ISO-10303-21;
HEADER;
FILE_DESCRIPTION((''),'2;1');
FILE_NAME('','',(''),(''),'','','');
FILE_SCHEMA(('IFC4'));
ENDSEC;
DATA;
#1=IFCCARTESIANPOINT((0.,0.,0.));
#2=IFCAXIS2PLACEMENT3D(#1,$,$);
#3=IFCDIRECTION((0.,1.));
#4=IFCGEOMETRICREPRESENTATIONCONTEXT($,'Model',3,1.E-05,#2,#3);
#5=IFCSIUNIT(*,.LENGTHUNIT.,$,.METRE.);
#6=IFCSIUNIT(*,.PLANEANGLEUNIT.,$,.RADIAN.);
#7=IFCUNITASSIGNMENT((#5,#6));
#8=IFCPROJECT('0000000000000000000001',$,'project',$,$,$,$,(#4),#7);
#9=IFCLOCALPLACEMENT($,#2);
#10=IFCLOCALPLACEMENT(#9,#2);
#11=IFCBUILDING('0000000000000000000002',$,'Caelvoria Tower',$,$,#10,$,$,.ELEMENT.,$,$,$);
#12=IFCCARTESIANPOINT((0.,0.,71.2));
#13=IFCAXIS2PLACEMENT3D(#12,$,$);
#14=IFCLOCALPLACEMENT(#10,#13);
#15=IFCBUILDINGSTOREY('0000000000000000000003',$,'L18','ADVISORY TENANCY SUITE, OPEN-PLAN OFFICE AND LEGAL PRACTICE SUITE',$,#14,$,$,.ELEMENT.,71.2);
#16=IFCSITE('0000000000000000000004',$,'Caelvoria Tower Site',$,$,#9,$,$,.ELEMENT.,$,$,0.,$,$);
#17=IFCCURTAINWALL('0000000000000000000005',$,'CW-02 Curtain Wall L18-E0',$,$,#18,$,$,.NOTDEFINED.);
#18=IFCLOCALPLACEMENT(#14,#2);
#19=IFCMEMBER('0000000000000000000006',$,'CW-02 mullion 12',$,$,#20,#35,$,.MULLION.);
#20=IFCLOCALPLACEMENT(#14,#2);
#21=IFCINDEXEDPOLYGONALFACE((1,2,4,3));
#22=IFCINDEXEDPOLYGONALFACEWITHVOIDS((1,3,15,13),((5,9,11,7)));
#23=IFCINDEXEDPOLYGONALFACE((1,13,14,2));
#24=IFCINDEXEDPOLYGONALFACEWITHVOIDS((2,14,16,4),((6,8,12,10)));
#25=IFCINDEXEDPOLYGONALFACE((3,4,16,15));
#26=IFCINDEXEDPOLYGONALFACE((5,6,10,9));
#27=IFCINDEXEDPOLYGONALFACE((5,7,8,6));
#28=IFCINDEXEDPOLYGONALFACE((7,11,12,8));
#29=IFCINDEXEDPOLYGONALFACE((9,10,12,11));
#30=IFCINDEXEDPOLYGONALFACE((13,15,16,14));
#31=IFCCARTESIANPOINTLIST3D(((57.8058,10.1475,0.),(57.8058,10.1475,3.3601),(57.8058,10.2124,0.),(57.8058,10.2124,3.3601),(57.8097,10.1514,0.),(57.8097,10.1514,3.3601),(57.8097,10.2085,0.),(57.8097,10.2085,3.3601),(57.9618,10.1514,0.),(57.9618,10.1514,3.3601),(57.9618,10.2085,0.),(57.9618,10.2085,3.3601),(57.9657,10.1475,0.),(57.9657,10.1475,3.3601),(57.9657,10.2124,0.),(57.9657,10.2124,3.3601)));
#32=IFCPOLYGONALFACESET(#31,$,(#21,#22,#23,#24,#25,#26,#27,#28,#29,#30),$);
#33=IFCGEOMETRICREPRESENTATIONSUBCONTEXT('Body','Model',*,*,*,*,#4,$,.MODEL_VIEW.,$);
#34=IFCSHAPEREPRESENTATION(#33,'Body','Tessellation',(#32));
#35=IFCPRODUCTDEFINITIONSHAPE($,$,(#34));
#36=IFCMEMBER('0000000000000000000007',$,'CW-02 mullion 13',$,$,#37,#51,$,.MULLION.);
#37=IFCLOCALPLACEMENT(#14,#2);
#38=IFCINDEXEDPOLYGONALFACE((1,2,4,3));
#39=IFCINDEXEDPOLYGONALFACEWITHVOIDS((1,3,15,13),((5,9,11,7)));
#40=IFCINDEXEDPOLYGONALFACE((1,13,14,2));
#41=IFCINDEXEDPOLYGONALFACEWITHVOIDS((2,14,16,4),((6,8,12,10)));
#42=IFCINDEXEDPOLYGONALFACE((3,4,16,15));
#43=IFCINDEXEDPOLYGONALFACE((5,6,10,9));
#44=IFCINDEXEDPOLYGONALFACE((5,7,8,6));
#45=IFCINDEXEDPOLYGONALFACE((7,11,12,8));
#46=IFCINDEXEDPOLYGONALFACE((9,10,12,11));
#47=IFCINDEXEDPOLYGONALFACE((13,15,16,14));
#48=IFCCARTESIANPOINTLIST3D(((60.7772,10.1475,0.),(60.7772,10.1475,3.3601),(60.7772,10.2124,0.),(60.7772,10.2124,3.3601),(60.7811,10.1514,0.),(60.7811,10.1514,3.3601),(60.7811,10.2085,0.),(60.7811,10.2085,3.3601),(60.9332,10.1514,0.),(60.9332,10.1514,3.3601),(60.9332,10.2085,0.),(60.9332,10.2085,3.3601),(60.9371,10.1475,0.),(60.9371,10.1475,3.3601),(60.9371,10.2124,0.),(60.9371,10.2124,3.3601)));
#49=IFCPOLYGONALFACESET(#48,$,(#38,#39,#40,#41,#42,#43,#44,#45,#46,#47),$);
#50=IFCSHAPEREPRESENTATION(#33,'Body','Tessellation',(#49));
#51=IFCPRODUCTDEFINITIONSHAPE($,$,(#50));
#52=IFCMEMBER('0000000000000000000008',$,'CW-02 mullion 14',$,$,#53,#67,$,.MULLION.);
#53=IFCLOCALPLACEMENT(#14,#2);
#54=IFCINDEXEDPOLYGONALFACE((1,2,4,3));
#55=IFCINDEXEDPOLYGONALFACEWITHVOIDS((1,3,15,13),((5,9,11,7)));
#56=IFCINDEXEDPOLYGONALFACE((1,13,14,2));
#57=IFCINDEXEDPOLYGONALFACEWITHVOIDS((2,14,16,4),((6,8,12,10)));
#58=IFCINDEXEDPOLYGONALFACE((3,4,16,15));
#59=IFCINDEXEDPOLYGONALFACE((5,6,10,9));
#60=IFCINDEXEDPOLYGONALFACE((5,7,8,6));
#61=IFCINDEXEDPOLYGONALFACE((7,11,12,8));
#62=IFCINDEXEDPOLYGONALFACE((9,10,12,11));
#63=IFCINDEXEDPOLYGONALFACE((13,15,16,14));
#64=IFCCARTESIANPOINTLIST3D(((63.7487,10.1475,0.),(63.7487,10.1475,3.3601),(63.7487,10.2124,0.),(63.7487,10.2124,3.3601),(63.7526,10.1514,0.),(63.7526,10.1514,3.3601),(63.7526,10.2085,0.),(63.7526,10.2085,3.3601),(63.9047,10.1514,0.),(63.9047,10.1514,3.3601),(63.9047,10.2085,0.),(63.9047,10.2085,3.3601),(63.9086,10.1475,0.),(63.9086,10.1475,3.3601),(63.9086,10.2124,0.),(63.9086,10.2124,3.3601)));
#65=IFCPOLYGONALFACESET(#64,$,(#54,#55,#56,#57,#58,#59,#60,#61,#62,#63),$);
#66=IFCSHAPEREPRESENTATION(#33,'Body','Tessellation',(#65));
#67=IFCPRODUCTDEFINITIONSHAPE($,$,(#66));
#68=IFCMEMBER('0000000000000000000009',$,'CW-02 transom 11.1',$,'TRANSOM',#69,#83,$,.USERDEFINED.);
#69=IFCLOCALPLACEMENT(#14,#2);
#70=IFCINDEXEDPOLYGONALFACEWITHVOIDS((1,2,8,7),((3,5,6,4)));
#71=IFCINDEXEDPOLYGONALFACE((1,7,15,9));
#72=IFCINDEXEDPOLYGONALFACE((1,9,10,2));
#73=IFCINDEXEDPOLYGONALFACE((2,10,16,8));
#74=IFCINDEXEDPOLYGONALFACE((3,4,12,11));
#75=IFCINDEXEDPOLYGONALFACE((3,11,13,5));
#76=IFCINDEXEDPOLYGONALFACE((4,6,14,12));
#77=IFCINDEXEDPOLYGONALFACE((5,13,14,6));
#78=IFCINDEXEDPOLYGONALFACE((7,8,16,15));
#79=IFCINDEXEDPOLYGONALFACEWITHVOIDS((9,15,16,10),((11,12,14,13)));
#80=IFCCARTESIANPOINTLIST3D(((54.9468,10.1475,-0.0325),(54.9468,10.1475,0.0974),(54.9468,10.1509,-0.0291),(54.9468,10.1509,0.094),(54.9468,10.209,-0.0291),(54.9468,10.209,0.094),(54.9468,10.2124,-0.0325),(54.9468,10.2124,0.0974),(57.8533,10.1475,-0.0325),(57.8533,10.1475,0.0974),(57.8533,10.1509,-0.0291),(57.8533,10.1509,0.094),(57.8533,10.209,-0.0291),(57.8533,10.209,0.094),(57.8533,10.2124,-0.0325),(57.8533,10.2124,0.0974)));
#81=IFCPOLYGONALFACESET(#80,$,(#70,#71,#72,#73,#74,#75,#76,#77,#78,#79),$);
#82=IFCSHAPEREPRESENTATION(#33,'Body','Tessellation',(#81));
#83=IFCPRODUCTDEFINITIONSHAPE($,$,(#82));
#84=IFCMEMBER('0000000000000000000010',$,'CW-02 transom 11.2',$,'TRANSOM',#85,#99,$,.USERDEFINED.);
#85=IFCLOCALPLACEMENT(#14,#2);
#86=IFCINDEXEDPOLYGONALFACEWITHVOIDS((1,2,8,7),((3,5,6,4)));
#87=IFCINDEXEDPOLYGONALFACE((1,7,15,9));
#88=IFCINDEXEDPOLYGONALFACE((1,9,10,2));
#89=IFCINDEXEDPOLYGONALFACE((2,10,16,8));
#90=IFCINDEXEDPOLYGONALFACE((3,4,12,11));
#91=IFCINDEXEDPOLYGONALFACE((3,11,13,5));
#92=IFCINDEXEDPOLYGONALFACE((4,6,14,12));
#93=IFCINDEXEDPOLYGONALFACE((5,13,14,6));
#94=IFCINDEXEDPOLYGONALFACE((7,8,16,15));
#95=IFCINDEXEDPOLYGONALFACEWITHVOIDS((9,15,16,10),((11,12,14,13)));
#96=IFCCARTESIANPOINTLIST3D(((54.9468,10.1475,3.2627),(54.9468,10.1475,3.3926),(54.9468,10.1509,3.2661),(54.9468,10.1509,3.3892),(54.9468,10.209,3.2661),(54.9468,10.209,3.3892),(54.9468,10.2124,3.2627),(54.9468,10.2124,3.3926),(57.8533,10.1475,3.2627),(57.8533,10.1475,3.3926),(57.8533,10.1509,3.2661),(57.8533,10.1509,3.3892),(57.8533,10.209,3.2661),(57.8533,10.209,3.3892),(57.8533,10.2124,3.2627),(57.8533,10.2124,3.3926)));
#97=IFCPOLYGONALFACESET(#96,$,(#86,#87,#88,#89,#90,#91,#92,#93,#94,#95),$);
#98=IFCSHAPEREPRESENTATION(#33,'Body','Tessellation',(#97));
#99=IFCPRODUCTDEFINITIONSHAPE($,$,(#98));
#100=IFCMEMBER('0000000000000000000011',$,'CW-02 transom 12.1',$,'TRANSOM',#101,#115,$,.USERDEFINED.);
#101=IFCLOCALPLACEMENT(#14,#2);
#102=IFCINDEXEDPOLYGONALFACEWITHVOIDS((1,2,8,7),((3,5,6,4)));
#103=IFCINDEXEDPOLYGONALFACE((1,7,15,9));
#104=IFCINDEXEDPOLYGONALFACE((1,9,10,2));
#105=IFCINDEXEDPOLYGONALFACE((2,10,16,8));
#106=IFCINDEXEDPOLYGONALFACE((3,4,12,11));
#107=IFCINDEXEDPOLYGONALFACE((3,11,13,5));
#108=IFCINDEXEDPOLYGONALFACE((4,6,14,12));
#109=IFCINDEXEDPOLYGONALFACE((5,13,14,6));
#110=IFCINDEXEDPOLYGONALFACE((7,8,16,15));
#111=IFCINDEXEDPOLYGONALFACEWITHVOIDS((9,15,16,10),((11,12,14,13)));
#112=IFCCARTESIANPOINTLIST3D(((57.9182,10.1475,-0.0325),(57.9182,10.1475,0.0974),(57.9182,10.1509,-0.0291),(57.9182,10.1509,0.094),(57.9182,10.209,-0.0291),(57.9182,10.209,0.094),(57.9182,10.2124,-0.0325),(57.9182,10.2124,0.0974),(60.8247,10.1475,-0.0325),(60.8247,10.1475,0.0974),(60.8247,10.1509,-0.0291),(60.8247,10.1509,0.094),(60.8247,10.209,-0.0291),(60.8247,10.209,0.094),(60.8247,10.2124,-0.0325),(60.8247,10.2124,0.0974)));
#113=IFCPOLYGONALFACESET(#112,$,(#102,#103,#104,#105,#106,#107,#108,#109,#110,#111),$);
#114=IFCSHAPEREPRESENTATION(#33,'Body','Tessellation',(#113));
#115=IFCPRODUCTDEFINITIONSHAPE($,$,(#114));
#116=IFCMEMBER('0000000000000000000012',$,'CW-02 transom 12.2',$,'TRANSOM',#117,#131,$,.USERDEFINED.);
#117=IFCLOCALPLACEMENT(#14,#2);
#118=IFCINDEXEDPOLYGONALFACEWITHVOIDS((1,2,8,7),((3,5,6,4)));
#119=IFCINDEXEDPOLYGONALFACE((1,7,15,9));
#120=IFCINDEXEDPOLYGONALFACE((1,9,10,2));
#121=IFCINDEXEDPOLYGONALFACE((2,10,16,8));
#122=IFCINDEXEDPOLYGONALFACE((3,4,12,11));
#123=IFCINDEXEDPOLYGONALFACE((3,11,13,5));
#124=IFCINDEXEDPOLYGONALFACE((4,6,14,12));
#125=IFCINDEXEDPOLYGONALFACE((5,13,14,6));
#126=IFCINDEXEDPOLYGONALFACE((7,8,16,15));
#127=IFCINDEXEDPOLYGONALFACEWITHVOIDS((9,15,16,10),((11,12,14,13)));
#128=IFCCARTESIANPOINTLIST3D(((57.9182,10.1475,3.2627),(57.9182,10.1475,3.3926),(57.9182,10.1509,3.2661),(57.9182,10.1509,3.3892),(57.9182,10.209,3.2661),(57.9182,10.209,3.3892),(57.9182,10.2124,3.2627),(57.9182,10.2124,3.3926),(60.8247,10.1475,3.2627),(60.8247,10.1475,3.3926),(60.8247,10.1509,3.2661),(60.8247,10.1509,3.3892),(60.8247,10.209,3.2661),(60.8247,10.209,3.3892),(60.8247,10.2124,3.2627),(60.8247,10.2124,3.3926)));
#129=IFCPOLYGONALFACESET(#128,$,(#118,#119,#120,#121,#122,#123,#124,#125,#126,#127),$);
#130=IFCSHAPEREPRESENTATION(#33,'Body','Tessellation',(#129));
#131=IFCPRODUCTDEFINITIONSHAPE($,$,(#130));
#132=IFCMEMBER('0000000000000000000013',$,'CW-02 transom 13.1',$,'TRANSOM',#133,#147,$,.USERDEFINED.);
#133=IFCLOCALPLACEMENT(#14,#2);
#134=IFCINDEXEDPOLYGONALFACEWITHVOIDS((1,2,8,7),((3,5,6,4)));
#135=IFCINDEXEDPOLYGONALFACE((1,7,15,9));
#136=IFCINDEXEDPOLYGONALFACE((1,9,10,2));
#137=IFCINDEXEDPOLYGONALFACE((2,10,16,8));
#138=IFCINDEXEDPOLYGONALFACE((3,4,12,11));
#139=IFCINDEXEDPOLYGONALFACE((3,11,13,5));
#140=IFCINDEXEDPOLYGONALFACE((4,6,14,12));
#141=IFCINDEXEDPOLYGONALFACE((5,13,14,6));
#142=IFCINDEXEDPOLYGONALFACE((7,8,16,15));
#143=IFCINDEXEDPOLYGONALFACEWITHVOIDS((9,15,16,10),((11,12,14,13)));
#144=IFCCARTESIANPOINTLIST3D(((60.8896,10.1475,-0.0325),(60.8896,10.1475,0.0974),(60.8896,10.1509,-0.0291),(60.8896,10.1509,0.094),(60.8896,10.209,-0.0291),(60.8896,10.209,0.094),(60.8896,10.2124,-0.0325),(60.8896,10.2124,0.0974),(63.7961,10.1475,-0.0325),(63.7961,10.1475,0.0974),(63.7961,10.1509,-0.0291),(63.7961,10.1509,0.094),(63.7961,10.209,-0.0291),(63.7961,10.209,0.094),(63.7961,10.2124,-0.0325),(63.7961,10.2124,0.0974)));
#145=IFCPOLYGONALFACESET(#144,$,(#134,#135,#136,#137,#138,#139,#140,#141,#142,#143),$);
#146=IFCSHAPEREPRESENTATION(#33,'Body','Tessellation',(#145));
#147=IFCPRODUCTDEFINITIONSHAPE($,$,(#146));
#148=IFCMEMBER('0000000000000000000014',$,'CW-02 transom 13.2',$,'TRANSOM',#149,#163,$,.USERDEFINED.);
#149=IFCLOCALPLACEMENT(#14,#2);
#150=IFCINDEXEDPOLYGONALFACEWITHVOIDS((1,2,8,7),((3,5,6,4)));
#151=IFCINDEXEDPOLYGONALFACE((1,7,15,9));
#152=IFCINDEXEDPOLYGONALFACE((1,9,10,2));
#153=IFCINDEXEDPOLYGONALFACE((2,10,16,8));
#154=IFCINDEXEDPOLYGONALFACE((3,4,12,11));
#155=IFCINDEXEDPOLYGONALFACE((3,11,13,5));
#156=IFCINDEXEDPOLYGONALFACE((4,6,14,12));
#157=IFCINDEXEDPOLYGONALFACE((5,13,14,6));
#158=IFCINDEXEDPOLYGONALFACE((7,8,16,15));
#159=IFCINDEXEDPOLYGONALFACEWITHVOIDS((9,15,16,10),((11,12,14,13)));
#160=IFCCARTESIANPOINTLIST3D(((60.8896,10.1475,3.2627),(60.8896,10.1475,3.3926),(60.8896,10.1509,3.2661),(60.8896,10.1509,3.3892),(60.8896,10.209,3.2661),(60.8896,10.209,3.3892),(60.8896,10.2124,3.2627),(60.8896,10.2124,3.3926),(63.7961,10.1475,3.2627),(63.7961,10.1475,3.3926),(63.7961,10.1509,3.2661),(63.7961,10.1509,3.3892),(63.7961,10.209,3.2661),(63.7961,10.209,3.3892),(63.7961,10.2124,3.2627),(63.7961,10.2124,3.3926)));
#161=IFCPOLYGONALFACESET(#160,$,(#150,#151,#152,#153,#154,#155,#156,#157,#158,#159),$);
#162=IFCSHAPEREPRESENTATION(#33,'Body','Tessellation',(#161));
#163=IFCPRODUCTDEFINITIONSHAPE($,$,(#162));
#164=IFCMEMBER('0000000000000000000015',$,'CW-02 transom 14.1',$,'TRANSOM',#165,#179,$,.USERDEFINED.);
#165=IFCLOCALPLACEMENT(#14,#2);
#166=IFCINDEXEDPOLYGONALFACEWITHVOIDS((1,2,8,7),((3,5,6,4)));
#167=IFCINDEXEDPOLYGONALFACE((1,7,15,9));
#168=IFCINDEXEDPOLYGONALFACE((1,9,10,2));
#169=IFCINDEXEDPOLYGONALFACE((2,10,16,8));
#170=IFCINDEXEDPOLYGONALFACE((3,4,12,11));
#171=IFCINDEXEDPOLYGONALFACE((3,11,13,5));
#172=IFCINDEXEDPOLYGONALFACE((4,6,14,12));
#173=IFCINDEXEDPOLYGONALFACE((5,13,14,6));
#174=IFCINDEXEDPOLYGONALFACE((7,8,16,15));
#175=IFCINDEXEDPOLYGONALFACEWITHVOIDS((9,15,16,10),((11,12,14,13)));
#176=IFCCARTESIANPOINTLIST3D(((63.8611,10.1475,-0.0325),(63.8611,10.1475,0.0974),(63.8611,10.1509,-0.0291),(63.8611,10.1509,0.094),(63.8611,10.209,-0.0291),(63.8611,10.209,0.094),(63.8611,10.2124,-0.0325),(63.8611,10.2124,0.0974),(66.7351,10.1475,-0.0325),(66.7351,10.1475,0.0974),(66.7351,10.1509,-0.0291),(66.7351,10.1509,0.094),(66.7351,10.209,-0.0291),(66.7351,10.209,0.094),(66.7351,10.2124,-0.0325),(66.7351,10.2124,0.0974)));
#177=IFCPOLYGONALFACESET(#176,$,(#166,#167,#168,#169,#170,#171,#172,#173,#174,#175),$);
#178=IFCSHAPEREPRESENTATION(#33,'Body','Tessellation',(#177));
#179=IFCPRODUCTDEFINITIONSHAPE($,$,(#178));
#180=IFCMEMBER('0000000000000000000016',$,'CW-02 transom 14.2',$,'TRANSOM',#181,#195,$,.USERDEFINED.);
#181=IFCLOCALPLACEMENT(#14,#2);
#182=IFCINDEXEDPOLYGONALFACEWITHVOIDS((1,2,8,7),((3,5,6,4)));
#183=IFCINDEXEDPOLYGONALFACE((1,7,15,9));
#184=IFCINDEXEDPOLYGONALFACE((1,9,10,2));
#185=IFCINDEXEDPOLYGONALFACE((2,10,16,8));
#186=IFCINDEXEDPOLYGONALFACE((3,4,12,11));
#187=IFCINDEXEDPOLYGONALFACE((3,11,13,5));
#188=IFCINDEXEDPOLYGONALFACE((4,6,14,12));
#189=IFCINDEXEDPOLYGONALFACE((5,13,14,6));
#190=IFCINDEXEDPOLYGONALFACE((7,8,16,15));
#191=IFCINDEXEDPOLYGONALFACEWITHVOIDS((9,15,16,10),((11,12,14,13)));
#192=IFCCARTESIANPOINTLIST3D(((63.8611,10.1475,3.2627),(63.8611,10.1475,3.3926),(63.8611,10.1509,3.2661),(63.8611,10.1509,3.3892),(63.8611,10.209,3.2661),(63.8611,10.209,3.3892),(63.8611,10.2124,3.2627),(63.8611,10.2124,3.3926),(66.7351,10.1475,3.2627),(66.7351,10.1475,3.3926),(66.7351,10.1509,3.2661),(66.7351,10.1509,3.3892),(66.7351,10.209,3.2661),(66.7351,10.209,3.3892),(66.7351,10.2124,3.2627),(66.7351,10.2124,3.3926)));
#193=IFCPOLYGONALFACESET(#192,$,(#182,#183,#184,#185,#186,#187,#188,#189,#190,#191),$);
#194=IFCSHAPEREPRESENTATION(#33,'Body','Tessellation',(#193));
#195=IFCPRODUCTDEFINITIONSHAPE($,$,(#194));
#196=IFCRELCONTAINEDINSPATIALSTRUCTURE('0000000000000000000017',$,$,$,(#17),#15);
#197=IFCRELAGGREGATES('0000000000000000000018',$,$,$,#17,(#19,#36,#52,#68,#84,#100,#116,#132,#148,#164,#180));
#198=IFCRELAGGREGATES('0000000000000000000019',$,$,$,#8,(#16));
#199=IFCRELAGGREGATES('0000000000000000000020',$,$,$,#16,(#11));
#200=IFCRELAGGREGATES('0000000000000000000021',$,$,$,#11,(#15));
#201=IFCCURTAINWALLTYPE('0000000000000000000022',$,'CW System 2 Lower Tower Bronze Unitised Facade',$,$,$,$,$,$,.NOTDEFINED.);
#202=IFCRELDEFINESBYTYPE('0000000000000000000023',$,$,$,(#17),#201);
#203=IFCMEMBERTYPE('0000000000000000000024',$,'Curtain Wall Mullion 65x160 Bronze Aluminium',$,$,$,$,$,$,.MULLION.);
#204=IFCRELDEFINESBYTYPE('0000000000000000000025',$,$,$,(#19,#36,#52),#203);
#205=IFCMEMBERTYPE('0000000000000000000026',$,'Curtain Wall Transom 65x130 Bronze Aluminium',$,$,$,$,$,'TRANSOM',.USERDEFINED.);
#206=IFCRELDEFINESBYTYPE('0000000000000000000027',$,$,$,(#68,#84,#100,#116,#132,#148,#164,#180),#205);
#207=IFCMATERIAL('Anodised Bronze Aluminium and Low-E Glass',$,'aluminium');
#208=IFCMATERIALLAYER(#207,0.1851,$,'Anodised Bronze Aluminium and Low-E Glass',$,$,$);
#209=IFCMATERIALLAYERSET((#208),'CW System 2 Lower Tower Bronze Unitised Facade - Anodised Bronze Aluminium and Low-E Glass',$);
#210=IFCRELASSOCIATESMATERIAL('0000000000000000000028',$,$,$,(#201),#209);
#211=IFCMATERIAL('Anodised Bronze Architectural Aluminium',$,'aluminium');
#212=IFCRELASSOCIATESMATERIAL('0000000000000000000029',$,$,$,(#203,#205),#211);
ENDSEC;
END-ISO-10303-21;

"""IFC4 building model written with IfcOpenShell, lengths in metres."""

from ifc_helpers import new_model, si_unit, direction, frame, origin, origin_2d, place, context, subcontext, project, spatial, hollow_rectangle, extrude, material, layer, layer_set, material_profile, profile_set, type_object, element, aggregate, save


model = new_model("IFC4")

# Units and contexts
model_context = context("Model", 3, precision=1e-05, world=origin(), true_north=direction((0.0, 1.0)))
body_context = subcontext(model_context, "Body", "Model", "MODEL_VIEW")
ifc_project = project(units=[si_unit("LENGTHUNIT", "METRE"), si_unit("PLANEANGLEUNIT", "RADIAN")], contexts=[model_context])

# Site, building, storey
site_placement = place(None, origin())
site = spatial("IfcSite", under=ifc_project, at=site_placement, Name="Caelvoria Tower Site", CompositionType="ELEMENT", RefElevation=0.0)
building_placement = place(site_placement, origin())
building = spatial("IfcBuilding", under=site, at=building_placement, Name="Caelvoria Tower", CompositionType="ELEMENT")
storey_placement = place(building_placement, frame((0.0, 0.0, 71.2)))
storey = spatial("IfcBuildingStorey", under=building, at=storey_placement, Name="L18", Description="ADVISORY TENANCY SUITE, OPEN-PLAN OFFICE AND LEGAL PRACTICE SUITE", CompositionType="ELEMENT", Elevation=71.2)

# Curtain wall, members
ifc_material_1 = material(Name="Anodised Bronze Aluminium and Low-E Glass", Category="aluminium")
ifc_layer_1 = layer(ifc_material_1, 0.1851, Name="Anodised Bronze Aluminium and Low-E Glass")
ifc_layer_set_1 = layer_set([ifc_layer_1], Name="CW System 2 Lower Tower Bronze Unitised Facade - Anodised Bronze Aluminium and Low-E Glass")
curtain_wall_type = type_object("IfcCurtainWallType", Name="CW System 2 Lower Tower Bronze Unitised Facade", PredefinedType="NOTDEFINED", material=ifc_layer_set_1)
curtain_wall_placement = place(storey_placement, origin())
curtain_wall = element("IfcCurtainWall", 1, at=curtain_wall_placement, inside=storey, type_object=curtain_wall_type, Name="CW-02 Curtain Wall L18-E0", PredefinedType="NOTDEFINED")
ifc_material_2 = material(Name="Anodised Bronze Architectural Aluminium", Category="aluminium")
ifc_material_profile_1 = material_profile(ifc_material_2, hollow_rectangle(XDim=0.0649, YDim=0.1599, WallThickness=0.0039, at=origin_2d()), Name="Anodised Bronze Architectural Aluminium")
ifc_profile_set_1 = profile_set([ifc_material_profile_1], Name="CW_MULL_65X160 - Anodised Bronze Architectural Aluminium")
member_type_1 = type_object("IfcMemberType", Name="Curtain Wall Mullion 65x160 Bronze Aluminium", PredefinedType="MULLION", material=ifc_profile_set_1)
member_1_placement = place(storey_placement, frame((57.8857, 10.1799, 0.0), z_axis=(0.0, 0.0, 1.0), x_axis=(0.0, 1.0, 0.0)))
member_1 = element("IfcMember", 2, at=member_1_placement, type_object=member_type_1, Name="CW-02 mullion 12", PredefinedType="MULLION", context=body_context, shape_type="SweptSolid", body=[
    extrude(hollow_rectangle(XDim=0.0649, YDim=0.1599, WallThickness=0.0039, at=origin_2d()), origin(), (0.0, 0.0, 1.0), 3.3601),
])
member_2_placement = place(storey_placement, frame((60.8572, 10.1799, 0.0), z_axis=(0.0, 0.0, 1.0), x_axis=(0.0, 1.0, 0.0)))
member_2 = element("IfcMember", 3, at=member_2_placement, type_object=member_type_1, Name="CW-02 mullion 13", PredefinedType="MULLION", context=body_context, shape_type="SweptSolid", body=[
    extrude(hollow_rectangle(XDim=0.0649, YDim=0.1599, WallThickness=0.0039, at=origin_2d()), origin(), (0.0, 0.0, 1.0), 3.3601),
])
member_3_placement = place(storey_placement, frame((63.8286, 10.1799, 0.0), z_axis=(0.0, 0.0, 1.0), x_axis=(0.0, 1.0, 0.0)))
member_3 = element("IfcMember", 4, at=member_3_placement, type_object=member_type_1, Name="CW-02 mullion 14", PredefinedType="MULLION", context=body_context, shape_type="SweptSolid", body=[
    extrude(hollow_rectangle(XDim=0.0649, YDim=0.1599, WallThickness=0.0039, at=origin_2d()), origin(), (0.0, 0.0, 1.0), 3.3601),
])
ifc_material_profile_2 = material_profile(ifc_material_2, hollow_rectangle(XDim=0.0649, YDim=0.1299, WallThickness=0.0034, at=origin_2d()), Name="Anodised Bronze Architectural Aluminium")
ifc_profile_set_2 = profile_set([ifc_material_profile_2], Name="CW_TRAN_65X130 - Anodised Bronze Architectural Aluminium")
member_type_2 = type_object("IfcMemberType", Name="Curtain Wall Transom 65x130 Bronze Aluminium", ElementType="TRANSOM", PredefinedType="USERDEFINED", material=ifc_profile_set_2)
member_4_placement = place(storey_placement, frame((54.9468, 10.1799, 0.0325), z_axis=(1.0, 0.0, 0.0), x_axis=(0.0, 1.0, 0.0)))
member_4 = element("IfcMember", 5, at=member_4_placement, type_object=member_type_2, Name="CW-02 transom 11.1", ObjectType="TRANSOM", PredefinedType="USERDEFINED", context=body_context, shape_type="SweptSolid", body=[
    extrude(hollow_rectangle(XDim=0.0649, YDim=0.1299, WallThickness=0.0034, at=origin_2d()), origin(), (0.0, 0.0, 1.0), 2.9065),
])
member_5_placement = place(storey_placement, frame((54.9468, 10.1799, 3.3276), z_axis=(1.0, 0.0, 0.0), x_axis=(0.0, 1.0, 0.0)))
member_5 = element("IfcMember", 6, at=member_5_placement, type_object=member_type_2, Name="CW-02 transom 11.2", ObjectType="TRANSOM", PredefinedType="USERDEFINED", context=body_context, shape_type="SweptSolid", body=[
    extrude(hollow_rectangle(XDim=0.0649, YDim=0.1299, WallThickness=0.0034, at=origin_2d()), origin(), (0.0, 0.0, 1.0), 2.9065),
])
member_6_placement = place(storey_placement, frame((57.9182, 10.1799, 0.0325), z_axis=(1.0, 0.0, 0.0), x_axis=(0.0, 1.0, 0.0)))
member_6 = element("IfcMember", 7, at=member_6_placement, type_object=member_type_2, Name="CW-02 transom 12.1", ObjectType="TRANSOM", PredefinedType="USERDEFINED", context=body_context, shape_type="SweptSolid", body=[
    extrude(hollow_rectangle(XDim=0.0649, YDim=0.1299, WallThickness=0.0034, at=origin_2d()), origin(), (0.0, 0.0, 1.0), 2.9065),
])
member_7_placement = place(storey_placement, frame((57.9182, 10.1799, 3.3276), z_axis=(1.0, 0.0, 0.0), x_axis=(0.0, 1.0, 0.0)))
member_7 = element("IfcMember", 8, at=member_7_placement, type_object=member_type_2, Name="CW-02 transom 12.2", ObjectType="TRANSOM", PredefinedType="USERDEFINED", context=body_context, shape_type="SweptSolid", body=[
    extrude(hollow_rectangle(XDim=0.0649, YDim=0.1299, WallThickness=0.0034, at=origin_2d()), origin(), (0.0, 0.0, 1.0), 2.9065),
])
member_8_placement = place(storey_placement, frame((60.8896, 10.1799, 0.0325), z_axis=(1.0, 0.0, 0.0), x_axis=(0.0, 1.0, 0.0)))
member_8 = element("IfcMember", 9, at=member_8_placement, type_object=member_type_2, Name="CW-02 transom 13.1", ObjectType="TRANSOM", PredefinedType="USERDEFINED", context=body_context, shape_type="SweptSolid", body=[
    extrude(hollow_rectangle(XDim=0.0649, YDim=0.1299, WallThickness=0.0034, at=origin_2d()), origin(), (0.0, 0.0, 1.0), 2.9065),
])
member_9_placement = place(storey_placement, frame((60.8896, 10.1799, 3.3276), z_axis=(1.0, 0.0, 0.0), x_axis=(0.0, 1.0, 0.0)))
member_9 = element("IfcMember", 10, at=member_9_placement, type_object=member_type_2, Name="CW-02 transom 13.2", ObjectType="TRANSOM", PredefinedType="USERDEFINED", context=body_context, shape_type="SweptSolid", body=[
    extrude(hollow_rectangle(XDim=0.0649, YDim=0.1299, WallThickness=0.0034, at=origin_2d()), origin(), (0.0, 0.0, 1.0), 2.9065),
])
member_10_placement = place(storey_placement, frame((63.8611, 10.1799, 0.0325), z_axis=(1.0, 0.0, 0.0), x_axis=(0.0, 1.0, 0.0)))
member_10 = element("IfcMember", 11, at=member_10_placement, type_object=member_type_2, Name="CW-02 transom 14.1", ObjectType="TRANSOM", PredefinedType="USERDEFINED", context=body_context, shape_type="SweptSolid", body=[
    extrude(hollow_rectangle(XDim=0.0649, YDim=0.1299, WallThickness=0.0034, at=origin_2d()), origin(), (0.0, 0.0, 1.0), 2.874),
])
member_11_placement = place(storey_placement, frame((63.8611, 10.1799, 3.3276), z_axis=(1.0, 0.0, 0.0), x_axis=(0.0, 1.0, 0.0)))
member_11 = element("IfcMember", 12, at=member_11_placement, type_object=member_type_2, Name="CW-02 transom 14.2", ObjectType="TRANSOM", PredefinedType="USERDEFINED", context=body_context, shape_type="SweptSolid", body=[
    extrude(hollow_rectangle(XDim=0.0649, YDim=0.1299, WallThickness=0.0034, at=origin_2d()), origin(), (0.0, 0.0, 1.0), 2.874),
])

aggregate(curtain_wall, [member_1, member_2, member_3, member_4, member_5, member_6, member_7, member_8, member_9, member_10, member_11])

save(model, "model.ifc")
